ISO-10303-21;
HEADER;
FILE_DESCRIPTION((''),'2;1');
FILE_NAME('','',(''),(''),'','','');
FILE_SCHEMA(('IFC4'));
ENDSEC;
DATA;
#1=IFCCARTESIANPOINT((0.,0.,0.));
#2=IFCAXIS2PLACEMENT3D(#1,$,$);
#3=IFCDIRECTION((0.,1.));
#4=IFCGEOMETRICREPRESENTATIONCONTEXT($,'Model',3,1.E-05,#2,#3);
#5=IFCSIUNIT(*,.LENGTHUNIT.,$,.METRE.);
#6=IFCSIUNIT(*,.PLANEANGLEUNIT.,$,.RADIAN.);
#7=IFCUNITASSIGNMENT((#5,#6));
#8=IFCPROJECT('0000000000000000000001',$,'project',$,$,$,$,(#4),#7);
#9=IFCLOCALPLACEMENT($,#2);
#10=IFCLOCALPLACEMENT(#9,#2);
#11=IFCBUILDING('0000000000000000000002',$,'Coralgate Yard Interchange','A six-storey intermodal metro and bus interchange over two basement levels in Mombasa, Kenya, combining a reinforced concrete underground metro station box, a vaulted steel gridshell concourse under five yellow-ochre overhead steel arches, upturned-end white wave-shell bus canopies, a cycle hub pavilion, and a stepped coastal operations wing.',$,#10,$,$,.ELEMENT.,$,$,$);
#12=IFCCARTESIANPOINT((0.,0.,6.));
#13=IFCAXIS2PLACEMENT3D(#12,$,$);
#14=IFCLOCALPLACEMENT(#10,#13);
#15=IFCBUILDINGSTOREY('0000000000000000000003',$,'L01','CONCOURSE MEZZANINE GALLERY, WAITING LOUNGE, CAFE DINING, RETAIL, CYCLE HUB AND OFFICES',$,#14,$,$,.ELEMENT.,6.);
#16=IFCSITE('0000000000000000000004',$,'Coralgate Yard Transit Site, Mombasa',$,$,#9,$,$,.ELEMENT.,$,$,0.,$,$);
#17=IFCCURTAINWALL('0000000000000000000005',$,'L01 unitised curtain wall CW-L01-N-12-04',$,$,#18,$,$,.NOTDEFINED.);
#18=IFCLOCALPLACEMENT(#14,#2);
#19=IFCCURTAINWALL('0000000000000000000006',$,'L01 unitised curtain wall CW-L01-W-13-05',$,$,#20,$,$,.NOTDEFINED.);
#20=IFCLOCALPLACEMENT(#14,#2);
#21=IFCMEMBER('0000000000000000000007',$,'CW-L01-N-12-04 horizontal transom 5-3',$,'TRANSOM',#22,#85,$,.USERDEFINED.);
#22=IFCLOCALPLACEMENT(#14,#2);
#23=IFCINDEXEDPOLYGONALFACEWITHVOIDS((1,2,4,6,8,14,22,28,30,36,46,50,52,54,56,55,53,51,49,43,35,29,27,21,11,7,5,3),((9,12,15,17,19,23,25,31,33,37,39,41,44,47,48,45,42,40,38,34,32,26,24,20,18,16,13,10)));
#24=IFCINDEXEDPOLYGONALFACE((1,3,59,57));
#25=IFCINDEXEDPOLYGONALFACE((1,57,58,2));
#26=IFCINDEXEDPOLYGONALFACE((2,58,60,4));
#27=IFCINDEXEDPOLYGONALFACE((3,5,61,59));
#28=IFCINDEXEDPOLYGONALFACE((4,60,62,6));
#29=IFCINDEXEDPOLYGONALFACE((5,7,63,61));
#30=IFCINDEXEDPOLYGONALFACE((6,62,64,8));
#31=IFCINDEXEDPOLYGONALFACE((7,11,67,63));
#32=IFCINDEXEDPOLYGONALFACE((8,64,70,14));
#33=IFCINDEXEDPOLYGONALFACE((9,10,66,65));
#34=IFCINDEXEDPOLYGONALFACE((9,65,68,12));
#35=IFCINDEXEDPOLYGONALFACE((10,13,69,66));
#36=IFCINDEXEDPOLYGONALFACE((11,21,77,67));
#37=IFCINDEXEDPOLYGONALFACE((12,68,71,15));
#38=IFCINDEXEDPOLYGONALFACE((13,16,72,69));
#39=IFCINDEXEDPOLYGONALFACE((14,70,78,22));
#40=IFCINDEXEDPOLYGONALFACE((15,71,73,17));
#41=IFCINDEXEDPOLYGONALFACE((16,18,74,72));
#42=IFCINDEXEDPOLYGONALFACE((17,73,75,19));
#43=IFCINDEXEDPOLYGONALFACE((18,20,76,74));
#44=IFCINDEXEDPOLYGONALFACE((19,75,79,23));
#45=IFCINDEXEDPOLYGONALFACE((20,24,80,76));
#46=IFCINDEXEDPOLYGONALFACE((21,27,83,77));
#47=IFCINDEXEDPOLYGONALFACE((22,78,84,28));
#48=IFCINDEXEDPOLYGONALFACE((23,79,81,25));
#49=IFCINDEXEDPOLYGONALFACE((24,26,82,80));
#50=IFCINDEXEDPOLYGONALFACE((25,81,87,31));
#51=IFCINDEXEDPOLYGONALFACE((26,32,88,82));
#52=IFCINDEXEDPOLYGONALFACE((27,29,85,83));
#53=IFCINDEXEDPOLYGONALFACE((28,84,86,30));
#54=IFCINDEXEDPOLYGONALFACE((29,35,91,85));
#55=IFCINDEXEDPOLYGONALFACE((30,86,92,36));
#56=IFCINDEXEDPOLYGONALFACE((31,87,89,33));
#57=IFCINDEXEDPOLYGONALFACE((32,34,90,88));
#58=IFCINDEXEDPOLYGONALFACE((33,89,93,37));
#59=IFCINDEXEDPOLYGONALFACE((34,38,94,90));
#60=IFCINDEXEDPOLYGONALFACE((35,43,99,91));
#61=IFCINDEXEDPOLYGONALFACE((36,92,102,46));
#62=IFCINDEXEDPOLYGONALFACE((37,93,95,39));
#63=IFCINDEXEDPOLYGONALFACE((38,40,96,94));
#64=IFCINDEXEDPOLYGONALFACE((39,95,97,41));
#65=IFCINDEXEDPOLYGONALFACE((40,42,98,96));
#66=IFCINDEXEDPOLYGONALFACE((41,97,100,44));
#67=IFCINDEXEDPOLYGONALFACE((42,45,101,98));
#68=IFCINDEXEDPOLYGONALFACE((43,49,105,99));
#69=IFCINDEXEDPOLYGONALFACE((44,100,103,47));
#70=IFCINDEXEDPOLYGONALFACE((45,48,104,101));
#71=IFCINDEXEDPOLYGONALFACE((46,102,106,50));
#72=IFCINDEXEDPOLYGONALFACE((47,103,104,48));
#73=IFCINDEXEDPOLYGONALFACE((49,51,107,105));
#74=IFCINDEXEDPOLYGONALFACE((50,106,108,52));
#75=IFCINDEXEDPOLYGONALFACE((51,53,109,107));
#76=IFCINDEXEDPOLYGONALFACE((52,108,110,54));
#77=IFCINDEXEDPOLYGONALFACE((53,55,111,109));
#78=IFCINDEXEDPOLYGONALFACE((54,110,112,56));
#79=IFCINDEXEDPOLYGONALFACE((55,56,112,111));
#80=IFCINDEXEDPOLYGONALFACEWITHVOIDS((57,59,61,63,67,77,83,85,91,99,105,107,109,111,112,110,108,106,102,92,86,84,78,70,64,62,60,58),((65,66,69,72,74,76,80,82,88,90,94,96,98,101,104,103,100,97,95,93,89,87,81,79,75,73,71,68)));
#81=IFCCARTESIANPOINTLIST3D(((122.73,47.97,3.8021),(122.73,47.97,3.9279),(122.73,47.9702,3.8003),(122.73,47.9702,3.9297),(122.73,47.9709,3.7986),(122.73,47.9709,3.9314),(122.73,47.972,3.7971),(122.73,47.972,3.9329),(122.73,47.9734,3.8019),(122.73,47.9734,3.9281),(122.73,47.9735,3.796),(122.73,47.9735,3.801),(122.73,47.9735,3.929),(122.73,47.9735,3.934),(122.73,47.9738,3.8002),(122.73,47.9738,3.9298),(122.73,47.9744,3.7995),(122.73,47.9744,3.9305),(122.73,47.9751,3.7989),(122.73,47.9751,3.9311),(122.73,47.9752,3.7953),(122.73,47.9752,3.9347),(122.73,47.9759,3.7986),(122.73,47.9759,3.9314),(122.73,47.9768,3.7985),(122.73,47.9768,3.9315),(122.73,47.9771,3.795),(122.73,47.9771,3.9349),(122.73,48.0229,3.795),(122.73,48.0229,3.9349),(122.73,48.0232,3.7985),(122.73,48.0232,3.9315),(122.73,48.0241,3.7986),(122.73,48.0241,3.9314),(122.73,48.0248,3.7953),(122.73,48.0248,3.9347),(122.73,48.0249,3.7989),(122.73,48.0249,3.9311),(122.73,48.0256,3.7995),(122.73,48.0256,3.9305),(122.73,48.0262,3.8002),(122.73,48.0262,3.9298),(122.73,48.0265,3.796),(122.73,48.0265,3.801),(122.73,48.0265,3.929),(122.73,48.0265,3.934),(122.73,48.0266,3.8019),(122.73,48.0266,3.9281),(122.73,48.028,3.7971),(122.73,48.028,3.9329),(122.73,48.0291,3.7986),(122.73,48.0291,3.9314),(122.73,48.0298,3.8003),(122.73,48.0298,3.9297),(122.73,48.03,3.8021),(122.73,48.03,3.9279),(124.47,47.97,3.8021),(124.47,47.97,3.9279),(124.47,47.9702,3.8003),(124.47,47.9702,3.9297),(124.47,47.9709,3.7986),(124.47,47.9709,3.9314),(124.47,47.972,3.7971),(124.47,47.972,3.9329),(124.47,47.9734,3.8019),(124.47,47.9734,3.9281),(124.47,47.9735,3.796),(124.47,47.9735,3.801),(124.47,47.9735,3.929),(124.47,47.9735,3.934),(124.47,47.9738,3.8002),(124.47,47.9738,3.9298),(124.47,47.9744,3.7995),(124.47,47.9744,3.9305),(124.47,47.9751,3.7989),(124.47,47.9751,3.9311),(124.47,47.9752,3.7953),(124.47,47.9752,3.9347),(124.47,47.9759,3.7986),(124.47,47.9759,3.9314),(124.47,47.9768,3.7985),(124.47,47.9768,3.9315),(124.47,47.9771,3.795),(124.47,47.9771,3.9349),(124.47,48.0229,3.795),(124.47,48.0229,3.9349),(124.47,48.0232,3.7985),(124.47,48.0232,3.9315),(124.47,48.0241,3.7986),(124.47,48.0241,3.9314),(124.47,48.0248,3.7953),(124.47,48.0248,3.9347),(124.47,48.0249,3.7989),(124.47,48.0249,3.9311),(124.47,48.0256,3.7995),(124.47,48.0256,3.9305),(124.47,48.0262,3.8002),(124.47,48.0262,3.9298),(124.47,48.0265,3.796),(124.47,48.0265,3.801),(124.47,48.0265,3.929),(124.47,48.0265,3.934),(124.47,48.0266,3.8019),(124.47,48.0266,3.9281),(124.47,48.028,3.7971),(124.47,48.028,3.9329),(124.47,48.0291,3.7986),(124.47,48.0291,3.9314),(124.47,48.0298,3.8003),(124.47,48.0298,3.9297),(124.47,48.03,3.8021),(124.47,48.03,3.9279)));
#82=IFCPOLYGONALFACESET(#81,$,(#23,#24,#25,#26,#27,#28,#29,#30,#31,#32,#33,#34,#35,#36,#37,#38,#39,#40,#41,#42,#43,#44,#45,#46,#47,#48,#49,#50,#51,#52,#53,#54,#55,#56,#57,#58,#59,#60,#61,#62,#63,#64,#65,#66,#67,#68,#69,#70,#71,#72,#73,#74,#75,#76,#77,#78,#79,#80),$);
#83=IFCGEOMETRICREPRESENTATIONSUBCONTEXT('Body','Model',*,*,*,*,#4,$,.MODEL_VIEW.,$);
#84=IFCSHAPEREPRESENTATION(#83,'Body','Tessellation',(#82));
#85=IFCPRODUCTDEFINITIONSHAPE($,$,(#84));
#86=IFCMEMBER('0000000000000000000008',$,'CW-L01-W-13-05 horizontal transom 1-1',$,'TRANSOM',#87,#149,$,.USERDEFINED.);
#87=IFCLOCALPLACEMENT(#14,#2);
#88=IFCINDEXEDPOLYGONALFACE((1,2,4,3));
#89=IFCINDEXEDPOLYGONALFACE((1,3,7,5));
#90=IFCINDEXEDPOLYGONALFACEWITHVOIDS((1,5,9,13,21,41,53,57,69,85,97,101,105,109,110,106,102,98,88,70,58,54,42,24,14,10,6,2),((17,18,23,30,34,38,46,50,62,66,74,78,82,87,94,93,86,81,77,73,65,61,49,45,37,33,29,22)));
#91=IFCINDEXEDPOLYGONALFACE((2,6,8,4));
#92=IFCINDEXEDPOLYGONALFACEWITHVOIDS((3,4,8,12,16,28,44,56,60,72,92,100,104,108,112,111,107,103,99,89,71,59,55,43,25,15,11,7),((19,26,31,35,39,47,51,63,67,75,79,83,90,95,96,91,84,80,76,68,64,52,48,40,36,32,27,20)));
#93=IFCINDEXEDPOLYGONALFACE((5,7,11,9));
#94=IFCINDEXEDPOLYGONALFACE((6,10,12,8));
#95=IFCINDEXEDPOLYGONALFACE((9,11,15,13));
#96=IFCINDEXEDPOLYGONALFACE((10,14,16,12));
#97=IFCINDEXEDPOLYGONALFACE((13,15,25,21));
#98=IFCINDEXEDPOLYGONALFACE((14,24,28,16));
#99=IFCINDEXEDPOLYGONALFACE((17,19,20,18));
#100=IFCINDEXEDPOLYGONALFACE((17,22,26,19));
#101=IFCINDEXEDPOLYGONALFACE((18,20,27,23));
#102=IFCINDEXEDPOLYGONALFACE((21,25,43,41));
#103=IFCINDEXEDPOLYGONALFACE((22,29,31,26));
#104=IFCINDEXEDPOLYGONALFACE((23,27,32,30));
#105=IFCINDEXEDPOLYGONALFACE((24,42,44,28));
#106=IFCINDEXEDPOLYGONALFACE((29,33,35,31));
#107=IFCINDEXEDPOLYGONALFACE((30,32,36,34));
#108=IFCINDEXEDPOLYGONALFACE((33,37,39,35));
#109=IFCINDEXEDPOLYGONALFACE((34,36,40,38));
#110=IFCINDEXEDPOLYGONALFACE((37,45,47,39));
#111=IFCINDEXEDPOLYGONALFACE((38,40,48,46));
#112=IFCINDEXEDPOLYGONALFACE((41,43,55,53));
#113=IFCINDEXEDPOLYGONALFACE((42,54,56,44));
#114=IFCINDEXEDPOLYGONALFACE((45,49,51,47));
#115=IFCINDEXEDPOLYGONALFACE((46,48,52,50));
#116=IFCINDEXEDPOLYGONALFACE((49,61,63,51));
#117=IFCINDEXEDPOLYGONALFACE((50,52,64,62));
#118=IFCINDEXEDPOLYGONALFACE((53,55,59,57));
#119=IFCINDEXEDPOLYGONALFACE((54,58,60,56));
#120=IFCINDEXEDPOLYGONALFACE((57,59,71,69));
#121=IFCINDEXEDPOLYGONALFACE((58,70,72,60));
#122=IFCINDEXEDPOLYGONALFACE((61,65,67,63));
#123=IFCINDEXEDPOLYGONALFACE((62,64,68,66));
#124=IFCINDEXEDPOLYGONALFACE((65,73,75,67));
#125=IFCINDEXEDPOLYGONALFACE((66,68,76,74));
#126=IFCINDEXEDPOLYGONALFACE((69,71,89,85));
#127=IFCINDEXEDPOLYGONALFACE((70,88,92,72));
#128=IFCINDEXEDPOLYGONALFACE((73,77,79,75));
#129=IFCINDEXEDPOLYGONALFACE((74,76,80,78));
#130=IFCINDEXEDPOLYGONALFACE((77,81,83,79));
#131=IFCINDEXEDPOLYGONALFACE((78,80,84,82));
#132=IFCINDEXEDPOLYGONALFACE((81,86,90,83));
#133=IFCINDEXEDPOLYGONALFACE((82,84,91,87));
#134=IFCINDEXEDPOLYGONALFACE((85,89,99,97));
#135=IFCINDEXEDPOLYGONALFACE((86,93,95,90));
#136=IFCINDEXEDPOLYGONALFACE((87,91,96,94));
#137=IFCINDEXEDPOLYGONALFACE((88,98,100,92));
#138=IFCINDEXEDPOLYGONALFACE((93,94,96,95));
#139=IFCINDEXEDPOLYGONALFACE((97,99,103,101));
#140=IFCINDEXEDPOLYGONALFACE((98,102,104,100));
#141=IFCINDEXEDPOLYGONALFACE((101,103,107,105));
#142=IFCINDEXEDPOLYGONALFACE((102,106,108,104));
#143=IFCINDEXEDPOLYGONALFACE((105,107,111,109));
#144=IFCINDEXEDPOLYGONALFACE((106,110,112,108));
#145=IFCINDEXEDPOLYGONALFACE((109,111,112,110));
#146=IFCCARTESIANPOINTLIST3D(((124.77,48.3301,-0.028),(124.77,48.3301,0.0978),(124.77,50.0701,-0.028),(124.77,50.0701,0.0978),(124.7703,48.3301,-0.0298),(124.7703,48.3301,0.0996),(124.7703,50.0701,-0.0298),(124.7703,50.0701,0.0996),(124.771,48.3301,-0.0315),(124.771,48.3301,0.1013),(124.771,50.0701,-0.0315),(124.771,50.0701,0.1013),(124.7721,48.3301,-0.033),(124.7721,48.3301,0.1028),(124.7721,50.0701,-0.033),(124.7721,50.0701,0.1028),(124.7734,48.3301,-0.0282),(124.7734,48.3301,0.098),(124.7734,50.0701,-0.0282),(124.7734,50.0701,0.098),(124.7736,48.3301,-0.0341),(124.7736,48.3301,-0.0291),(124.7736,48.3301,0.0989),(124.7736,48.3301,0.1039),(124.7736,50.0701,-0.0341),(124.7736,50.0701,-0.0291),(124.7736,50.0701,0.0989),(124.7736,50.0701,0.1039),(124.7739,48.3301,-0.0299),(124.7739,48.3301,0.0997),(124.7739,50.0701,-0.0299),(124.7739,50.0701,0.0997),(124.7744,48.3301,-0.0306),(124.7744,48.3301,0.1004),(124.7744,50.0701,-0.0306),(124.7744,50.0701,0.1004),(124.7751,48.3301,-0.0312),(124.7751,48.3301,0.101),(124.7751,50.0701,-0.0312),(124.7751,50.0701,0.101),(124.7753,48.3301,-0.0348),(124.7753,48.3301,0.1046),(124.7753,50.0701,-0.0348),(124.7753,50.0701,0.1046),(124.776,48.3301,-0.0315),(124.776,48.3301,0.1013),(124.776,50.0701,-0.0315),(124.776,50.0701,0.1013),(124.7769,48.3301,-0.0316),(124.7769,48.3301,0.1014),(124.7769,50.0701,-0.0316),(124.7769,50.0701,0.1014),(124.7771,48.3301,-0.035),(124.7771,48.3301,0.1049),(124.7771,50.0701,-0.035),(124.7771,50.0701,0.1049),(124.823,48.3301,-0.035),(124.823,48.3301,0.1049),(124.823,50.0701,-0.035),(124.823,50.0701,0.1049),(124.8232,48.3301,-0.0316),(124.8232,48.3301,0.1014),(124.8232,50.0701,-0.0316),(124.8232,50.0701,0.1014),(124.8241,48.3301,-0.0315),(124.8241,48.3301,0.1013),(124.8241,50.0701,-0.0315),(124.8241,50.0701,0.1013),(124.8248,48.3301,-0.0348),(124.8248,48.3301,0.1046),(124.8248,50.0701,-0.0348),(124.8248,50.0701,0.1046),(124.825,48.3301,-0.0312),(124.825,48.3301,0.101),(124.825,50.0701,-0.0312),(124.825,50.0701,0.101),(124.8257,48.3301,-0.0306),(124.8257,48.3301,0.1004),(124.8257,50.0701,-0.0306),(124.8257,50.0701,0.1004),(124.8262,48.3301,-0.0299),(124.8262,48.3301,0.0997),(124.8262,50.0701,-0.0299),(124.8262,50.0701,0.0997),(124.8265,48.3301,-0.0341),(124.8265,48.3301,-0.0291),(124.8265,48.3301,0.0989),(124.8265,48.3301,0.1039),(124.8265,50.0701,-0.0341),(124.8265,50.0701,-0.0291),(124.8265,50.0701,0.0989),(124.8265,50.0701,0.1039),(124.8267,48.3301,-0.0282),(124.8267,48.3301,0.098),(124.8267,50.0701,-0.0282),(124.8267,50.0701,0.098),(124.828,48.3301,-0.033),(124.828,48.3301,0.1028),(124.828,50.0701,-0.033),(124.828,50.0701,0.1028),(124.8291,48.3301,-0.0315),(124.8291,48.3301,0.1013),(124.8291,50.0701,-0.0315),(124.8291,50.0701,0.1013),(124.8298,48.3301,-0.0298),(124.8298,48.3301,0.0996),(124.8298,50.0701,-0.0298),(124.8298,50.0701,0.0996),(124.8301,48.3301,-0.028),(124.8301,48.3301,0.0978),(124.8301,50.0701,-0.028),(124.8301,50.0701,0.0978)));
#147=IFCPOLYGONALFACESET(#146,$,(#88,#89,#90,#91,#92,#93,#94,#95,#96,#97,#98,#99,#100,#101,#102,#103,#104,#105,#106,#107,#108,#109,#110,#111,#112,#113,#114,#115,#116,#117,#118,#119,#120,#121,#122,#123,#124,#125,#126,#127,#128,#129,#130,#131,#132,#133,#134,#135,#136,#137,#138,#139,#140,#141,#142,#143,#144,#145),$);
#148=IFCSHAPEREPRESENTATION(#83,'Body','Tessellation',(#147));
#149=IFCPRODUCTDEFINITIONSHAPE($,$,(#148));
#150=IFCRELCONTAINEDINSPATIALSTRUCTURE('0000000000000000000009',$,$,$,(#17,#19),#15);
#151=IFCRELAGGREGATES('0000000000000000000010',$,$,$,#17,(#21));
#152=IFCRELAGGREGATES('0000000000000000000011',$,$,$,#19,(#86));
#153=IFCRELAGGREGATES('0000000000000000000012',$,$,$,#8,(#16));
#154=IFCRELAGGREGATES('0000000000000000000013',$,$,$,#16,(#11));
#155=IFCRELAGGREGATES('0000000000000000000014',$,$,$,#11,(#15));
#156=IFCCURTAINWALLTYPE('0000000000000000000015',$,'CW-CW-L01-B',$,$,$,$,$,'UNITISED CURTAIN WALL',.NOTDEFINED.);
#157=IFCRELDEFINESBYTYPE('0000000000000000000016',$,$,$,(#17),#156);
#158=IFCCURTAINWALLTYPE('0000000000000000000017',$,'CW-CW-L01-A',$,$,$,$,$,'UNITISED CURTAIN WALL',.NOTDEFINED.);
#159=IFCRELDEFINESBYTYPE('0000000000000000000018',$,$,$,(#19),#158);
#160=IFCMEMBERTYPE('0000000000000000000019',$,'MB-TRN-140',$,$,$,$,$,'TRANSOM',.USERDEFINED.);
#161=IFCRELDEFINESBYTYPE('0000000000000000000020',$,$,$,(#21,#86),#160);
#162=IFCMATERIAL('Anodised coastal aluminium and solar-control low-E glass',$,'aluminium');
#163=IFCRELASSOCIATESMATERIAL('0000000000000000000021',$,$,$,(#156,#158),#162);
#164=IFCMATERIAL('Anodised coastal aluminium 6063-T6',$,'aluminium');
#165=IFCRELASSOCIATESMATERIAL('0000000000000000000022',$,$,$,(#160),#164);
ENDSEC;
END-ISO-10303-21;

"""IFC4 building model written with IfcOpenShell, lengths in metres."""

from ifc_helpers import new_model, si_unit, direction, frame, origin, origin_2d, place, context, subcontext, project, spatial, hollow_rectangle, extrude, material, material_profile, profile_set, type_object, element, aggregate, save


model = new_model("IFC4")

# Units and contexts
model_context = context("Model", 3, precision=1e-05, world=origin(), true_north=direction((0.0, 1.0)))
body_context = subcontext(model_context, "Body", "Model", "MODEL_VIEW")
ifc_project = project(units=[si_unit("LENGTHUNIT", "METRE"), si_unit("PLANEANGLEUNIT", "RADIAN")], contexts=[model_context])

# Site, building, storey
site_placement = place(None, origin())
site = spatial("IfcSite", under=ifc_project, at=site_placement, Name="Coralgate Yard Transit Site, Mombasa", CompositionType="ELEMENT", RefElevation=0.0)
building_placement = place(site_placement, origin())
building = spatial("IfcBuilding", under=site, at=building_placement, Name="Coralgate Yard Interchange", Description="A six-storey intermodal metro and bus interchange over two basement levels in Mombasa, Kenya, combining a reinforced concrete underground metro station box, a vaulted steel gridshell concourse under five yellow-ochre overhead steel arches, upturned-end white wave-shell bus canopies, a cycle hub pavilion, and a stepped coastal operations wing.", CompositionType="ELEMENT")
storey_placement = place(building_placement, frame((0.0, 0.0, 6.0)))
storey = spatial("IfcBuildingStorey", under=building, at=storey_placement, Name="L01", Description="CONCOURSE MEZZANINE GALLERY, WAITING LOUNGE, CAFE DINING, RETAIL, CYCLE HUB AND OFFICES", CompositionType="ELEMENT", Elevation=6.0)

# Curtain walls
ifc_material_1 = material(Name="Anodised coastal aluminium and solar-control low-E glass", Category="aluminium")
curtain_wall_type_1 = type_object("IfcCurtainWallType", Name="CW-CW-L01-B", ElementType="UNITISED CURTAIN WALL", PredefinedType="NOTDEFINED", material=ifc_material_1)
curtain_wall_1_placement = place(storey_placement, origin())
curtain_wall_1 = element("IfcCurtainWall", 1, at=curtain_wall_1_placement, inside=storey, type_object=curtain_wall_type_1, Name="L01 unitised curtain wall CW-L01-N-12-04", PredefinedType="NOTDEFINED")
ifc_material_2 = material(Name="Anodised coastal aluminium 6063-T6", Category="aluminium")
curtain_wall_type_2 = type_object("IfcCurtainWallType", Name="CW-CW-L01-A", ElementType="UNITISED CURTAIN WALL", PredefinedType="NOTDEFINED", material=ifc_material_1)
curtain_wall_2_placement = place(storey_placement, origin())
curtain_wall_2 = element("IfcCurtainWall", 2, at=curtain_wall_2_placement, inside=storey, type_object=curtain_wall_type_2, Name="L01 unitised curtain wall CW-L01-W-13-05", PredefinedType="NOTDEFINED")

# Members
ifc_material_profile_1 = material_profile(ifc_material_2, hollow_rectangle(XDim=0.0601, YDim=0.1399, WallThickness=0.0034, InnerFilletRadius=0.0034, OuterFilletRadius=0.0071, at=origin_2d()), Name="ALU 60x140x3.5")
ifc_profile_set_1 = profile_set([ifc_material_profile_1], Name="Anodised coastal aluminium 6063-T6")
member_type_1 = type_object("IfcMemberType", Name="MB-TRN-140", ElementType="TRANSOM", PredefinedType="USERDEFINED", material=ifc_profile_set_1)
member_1_placement = place(storey_placement, frame((122.73, 48.0, 3.865), z_axis=(1.0, 0.0, 0.0), x_axis=(0.0, 1.0, 0.0)))
member_1 = element("IfcMember", 3, at=member_1_placement, type_object=member_type_1, Name="CW-L01-N-12-04 horizontal transom 5-3", ObjectType="TRANSOM", PredefinedType="USERDEFINED", context=body_context, shape_type="SweptSolid", body=[
    extrude(hollow_rectangle(XDim=0.0601, YDim=0.1399, WallThickness=0.0034, InnerFilletRadius=0.0034, OuterFilletRadius=0.0071, at=origin_2d()), origin(), (0.0, 0.0, 1.0), 1.74),
])
member_2_placement = place(storey_placement, frame((124.8, 48.3301, 0.0349), z_axis=(0.0, 1.0, 0.0), x_axis=(-1.0, 0.0, 0.0)))
member_2 = element("IfcMember", 4, at=member_2_placement, type_object=member_type_1, Name="CW-L01-W-13-05 horizontal transom 1-1", ObjectType="TRANSOM", PredefinedType="USERDEFINED", context=body_context, shape_type="SweptSolid", body=[
    extrude(hollow_rectangle(XDim=0.0601, YDim=0.1399, WallThickness=0.0034, InnerFilletRadius=0.0034, OuterFilletRadius=0.0071, at=origin_2d()), origin(), (0.0, 0.0, 1.0), 1.74),
])

aggregate(curtain_wall_1, [member_1])
aggregate(curtain_wall_2, [member_2])

save(model, "model.ifc")
